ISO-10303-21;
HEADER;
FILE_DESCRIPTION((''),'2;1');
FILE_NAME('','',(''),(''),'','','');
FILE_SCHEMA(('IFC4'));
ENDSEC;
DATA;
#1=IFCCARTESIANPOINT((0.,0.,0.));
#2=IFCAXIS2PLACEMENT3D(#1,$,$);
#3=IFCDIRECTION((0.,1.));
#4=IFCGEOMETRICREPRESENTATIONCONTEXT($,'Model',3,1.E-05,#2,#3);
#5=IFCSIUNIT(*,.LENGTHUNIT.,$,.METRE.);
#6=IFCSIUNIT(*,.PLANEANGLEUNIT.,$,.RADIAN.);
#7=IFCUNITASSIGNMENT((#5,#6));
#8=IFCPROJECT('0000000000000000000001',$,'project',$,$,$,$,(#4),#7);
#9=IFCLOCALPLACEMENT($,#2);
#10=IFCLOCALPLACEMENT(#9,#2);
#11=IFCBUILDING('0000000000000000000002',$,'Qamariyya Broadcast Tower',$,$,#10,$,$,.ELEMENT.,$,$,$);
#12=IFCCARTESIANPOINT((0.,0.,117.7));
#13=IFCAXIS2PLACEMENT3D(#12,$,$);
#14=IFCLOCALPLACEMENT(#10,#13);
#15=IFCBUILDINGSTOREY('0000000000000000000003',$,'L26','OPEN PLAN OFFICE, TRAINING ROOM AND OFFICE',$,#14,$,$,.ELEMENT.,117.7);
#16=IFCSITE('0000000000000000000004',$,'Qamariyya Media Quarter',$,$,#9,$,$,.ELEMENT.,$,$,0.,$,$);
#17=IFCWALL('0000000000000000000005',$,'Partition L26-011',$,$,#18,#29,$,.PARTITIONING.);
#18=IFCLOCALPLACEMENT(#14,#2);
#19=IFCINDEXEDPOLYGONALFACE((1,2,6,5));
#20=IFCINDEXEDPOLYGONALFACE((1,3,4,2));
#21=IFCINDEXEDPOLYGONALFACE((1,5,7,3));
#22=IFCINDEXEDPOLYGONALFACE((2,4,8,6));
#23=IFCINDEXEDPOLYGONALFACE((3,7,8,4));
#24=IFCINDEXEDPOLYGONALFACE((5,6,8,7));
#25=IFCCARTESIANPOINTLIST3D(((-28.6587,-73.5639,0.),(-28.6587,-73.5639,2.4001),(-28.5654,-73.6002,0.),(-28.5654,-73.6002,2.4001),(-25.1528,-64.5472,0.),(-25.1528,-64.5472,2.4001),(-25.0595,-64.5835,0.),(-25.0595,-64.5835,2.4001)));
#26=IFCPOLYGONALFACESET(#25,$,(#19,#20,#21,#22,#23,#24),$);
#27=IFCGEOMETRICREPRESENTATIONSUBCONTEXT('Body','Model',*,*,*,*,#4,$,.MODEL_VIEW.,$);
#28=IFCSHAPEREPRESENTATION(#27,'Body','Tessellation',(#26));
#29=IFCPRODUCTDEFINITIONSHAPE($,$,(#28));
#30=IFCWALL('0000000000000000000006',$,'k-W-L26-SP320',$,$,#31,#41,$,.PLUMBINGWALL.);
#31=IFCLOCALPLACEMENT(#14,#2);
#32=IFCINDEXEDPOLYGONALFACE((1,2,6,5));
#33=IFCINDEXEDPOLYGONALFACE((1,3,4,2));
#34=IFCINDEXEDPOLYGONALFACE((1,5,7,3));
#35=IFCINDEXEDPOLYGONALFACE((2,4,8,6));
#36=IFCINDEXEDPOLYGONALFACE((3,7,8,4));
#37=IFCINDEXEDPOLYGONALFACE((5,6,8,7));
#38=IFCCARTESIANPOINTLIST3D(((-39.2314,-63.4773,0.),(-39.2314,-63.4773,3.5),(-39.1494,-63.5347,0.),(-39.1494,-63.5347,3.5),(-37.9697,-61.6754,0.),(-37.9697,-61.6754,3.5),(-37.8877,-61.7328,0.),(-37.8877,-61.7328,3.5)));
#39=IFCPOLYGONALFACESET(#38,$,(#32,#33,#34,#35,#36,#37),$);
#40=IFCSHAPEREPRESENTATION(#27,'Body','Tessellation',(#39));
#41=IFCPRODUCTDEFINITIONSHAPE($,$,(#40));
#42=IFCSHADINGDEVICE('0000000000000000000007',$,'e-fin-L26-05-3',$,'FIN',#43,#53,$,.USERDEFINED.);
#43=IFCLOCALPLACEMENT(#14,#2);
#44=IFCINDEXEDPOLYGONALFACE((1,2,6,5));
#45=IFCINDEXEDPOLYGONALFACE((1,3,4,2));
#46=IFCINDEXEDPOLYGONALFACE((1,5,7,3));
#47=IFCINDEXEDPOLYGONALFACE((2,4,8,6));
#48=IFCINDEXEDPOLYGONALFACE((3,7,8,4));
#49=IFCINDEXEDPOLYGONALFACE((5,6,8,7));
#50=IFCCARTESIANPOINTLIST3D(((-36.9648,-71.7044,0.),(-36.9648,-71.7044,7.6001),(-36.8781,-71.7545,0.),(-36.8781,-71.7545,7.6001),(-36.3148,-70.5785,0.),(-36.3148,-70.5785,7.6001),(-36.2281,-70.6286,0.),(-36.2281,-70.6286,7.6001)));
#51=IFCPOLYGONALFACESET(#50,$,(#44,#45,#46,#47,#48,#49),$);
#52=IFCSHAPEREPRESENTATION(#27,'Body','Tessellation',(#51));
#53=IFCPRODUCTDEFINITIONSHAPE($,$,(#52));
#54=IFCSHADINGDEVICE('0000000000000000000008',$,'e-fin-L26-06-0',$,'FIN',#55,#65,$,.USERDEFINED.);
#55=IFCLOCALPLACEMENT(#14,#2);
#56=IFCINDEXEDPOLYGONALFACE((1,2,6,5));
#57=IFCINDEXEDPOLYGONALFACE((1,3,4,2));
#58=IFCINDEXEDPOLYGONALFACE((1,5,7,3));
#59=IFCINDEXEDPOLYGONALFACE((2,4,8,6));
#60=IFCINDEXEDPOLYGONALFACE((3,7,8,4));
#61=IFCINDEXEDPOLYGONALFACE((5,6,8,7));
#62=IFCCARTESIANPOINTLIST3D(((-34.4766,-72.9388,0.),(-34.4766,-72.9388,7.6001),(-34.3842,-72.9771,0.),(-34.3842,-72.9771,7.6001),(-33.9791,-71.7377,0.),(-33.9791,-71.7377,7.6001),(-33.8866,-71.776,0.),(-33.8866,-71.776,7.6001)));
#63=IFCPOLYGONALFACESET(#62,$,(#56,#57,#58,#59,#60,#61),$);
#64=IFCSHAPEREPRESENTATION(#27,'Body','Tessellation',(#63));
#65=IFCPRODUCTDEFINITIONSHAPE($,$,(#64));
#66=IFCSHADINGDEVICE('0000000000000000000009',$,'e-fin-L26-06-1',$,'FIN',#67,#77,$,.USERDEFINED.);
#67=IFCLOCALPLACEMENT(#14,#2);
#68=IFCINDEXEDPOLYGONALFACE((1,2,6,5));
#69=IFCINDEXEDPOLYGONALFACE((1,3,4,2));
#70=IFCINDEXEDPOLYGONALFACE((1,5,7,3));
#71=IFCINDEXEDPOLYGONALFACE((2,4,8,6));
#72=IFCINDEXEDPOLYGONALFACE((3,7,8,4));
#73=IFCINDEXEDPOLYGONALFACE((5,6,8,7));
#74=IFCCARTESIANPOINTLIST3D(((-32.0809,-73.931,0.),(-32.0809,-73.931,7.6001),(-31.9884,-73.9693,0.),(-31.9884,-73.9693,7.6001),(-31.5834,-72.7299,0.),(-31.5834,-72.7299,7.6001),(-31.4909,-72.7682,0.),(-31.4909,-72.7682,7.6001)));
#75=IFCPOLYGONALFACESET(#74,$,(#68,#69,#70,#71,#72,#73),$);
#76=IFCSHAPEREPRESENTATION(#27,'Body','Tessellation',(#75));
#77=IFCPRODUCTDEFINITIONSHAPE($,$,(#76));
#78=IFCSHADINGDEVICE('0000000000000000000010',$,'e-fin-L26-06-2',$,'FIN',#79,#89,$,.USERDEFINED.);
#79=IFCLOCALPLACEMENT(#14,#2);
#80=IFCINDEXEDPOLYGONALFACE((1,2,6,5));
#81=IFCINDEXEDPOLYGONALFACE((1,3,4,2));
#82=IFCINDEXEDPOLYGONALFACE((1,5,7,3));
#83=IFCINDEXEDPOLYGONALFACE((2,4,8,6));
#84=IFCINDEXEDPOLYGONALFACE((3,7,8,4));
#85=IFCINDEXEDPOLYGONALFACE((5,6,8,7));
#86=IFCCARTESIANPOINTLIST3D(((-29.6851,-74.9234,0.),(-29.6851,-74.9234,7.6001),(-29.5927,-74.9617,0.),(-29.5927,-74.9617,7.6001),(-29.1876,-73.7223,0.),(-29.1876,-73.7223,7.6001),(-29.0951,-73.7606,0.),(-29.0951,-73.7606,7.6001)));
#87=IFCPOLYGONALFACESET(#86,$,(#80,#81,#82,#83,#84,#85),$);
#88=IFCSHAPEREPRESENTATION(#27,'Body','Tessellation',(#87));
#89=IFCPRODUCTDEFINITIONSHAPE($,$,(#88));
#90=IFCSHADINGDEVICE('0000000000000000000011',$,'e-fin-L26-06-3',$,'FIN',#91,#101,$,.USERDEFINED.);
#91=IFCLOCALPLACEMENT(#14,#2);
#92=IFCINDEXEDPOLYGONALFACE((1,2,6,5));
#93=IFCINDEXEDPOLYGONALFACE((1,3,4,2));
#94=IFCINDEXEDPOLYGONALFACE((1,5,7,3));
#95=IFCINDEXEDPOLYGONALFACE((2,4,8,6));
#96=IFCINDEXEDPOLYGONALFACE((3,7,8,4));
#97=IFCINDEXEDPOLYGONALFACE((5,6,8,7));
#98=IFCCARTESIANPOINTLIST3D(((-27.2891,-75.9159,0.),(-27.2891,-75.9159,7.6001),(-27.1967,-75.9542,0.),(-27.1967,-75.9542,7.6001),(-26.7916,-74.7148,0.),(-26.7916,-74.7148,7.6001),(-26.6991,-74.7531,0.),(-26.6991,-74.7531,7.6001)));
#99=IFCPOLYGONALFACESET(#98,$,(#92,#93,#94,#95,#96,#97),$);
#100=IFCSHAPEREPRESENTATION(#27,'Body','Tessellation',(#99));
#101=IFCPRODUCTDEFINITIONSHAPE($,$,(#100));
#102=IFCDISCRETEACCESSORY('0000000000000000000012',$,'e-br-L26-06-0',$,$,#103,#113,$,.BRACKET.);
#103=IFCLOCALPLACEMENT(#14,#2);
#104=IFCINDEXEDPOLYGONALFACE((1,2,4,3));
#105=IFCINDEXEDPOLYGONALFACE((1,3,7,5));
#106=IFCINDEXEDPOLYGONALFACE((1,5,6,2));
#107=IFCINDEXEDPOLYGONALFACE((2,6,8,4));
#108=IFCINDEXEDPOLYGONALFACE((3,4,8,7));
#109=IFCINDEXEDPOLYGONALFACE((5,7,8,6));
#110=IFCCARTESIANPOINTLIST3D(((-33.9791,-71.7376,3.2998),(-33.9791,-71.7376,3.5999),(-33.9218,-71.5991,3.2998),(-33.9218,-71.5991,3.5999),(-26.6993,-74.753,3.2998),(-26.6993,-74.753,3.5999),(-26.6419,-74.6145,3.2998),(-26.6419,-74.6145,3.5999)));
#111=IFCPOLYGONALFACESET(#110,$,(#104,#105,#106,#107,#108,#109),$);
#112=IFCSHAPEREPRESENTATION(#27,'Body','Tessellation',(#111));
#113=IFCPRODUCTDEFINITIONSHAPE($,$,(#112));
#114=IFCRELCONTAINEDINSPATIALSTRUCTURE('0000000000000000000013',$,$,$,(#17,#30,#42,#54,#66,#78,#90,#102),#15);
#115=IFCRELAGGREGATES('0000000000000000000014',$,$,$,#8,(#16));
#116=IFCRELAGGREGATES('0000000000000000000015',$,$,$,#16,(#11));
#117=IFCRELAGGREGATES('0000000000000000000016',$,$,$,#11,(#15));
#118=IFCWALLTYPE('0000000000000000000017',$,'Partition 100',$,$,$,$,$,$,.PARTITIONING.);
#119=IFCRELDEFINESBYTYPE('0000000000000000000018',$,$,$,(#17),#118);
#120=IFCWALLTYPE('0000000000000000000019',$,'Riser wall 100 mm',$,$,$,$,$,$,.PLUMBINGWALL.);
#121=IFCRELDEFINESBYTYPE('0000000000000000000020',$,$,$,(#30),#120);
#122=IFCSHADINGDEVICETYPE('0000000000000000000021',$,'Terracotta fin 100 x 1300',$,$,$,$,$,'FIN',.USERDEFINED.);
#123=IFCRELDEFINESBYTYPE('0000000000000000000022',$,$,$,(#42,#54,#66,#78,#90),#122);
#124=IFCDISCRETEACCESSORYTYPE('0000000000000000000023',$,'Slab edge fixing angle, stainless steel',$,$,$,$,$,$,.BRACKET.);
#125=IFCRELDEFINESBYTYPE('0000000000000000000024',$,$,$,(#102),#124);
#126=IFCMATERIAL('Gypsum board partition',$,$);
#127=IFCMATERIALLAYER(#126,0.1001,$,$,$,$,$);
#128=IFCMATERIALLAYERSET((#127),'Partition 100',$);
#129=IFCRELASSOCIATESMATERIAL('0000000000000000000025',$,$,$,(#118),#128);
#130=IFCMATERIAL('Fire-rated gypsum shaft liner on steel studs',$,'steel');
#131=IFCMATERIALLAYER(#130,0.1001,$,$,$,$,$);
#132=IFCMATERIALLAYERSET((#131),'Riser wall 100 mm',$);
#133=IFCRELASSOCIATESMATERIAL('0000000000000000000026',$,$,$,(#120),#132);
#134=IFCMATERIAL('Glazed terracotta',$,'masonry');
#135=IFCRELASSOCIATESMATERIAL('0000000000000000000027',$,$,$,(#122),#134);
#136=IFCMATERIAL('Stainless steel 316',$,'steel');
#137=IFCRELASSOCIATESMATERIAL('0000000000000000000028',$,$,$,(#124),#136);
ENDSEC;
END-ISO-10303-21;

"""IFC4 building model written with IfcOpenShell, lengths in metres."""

from ifc_helpers import new_model, si_unit, direction, frame, frame_2d, origin, origin_2d, place, context, subcontext, project, spatial, rectangle, extrude, material, layer, layer_set, material_profile, profile_set, type_object, element, save


model = new_model("IFC4")

# Units and contexts
model_context = context("Model", 3, precision=1e-05, world=origin(), true_north=direction((0.0, 1.0)))
body_context = subcontext(model_context, "Body", "Model", "MODEL_VIEW")
ifc_project = project(units=[si_unit("LENGTHUNIT", "METRE"), si_unit("PLANEANGLEUNIT", "RADIAN")], contexts=[model_context])

# Site, building, storey
site_placement = place(None, origin())
site = spatial("IfcSite", under=ifc_project, at=site_placement, Name="Qamariyya Media Quarter", CompositionType="ELEMENT", RefElevation=0.0)
building_placement = place(site_placement, origin())
building = spatial("IfcBuilding", under=site, at=building_placement, Name="Qamariyya Broadcast Tower", CompositionType="ELEMENT")
storey_placement = place(building_placement, frame((0.0, 0.0, 117.7)))
storey = spatial("IfcBuildingStorey", under=building, at=storey_placement, Name="L26", Description="OPEN PLAN OFFICE, TRAINING ROOM AND OFFICE", CompositionType="ELEMENT", Elevation=117.7)

# Shared definitions
ifc_material_1 = material(Name="Gypsum board partition")

# Walls
ifc_layer_1 = layer(ifc_material_1, 0.1001)
ifc_layer_set_1 = layer_set([ifc_layer_1], Name="Partition 100")
wall_type_1 = type_object("IfcWallType", Name="Partition 100", PredefinedType="PARTITIONING", material=ifc_layer_set_1)
wall_1_placement = place(storey_placement, frame((-28.6121, -73.582, 0.0), z_axis=(0.0, 0.0, 1.0), x_axis=(0.362393, 0.932026, 0.0)))
element("IfcWall", 1, at=wall_1_placement, inside=storey, type_object=wall_type_1, Name="Partition L26-011", PredefinedType="PARTITIONING", context=body_context, shape_type="SweptSolid", body=[
    extrude(rectangle(XDim=9.6743, YDim=0.1001, at=frame_2d((4.8372, 0.0))), origin(), (0.0, 0.0, 1.0), 2.4001),
])
ifc_material_2 = material(Name="Fire-rated gypsum shaft liner on steel studs", Category="steel")
ifc_layer_2 = layer(ifc_material_2, 0.1001)
ifc_layer_set_2 = layer_set([ifc_layer_2], Name="Riser wall 100 mm")
wall_type_2 = type_object("IfcWallType", Name="Riser wall 100 mm", PredefinedType="PLUMBINGWALL", material=ifc_layer_set_2)
wall_2_placement = place(storey_placement, frame((-37.9287, -61.7041, 0.0), z_axis=(0.0, 0.0, 1.0), x_axis=(-0.573559, -0.819164, 0.0)))
element("IfcWall", 2, at=wall_2_placement, inside=storey, type_object=wall_type_2, Name="k-W-L26-SP320", PredefinedType="PLUMBINGWALL", context=body_context, shape_type="SweptSolid", body=[
    extrude(rectangle(XDim=2.1997, YDim=0.1001, at=frame_2d((1.0999, 0.0))), origin(), (0.0, 0.0, 1.0), 3.5),
])

# Shading devices
ifc_material_3 = material(Name="Glazed terracotta", Category="masonry")
ifc_material_profile_1 = material_profile(ifc_material_3, rectangle(XDim=1.3, YDim=0.1001, at=origin_2d()))
ifc_profile_set_1 = profile_set([ifc_material_profile_1], Name="Glazed terracotta")
shading_device_type_1 = type_object("IfcShadingDeviceType", Name="Terracotta fin 100 x 1300", ElementType="FIN", PredefinedType="USERDEFINED", material=ifc_profile_set_1)
for number, where, z_axis, x_axis, name in (
    (3, (-36.5964, -71.1665, 0.0), (0.0, 0.0, 1.0), (-0.5, -0.866025, 0.0), "e-fin-L26-05-3"),
    (4, (-34.1816, -72.3574, 0.0), (0.0, 0.0, 1.0), (-0.382683, -0.92388, 0.0), "e-fin-L26-06-0"),
    (5, (-31.7859, -73.3496, 0.0), (0.0, 0.0, 1.0), (-0.382683, -0.92388, 0.0), "e-fin-L26-06-1"),
    (6, (-29.3901, -74.342, 0.0), (0.0, 0.0, 1.0), (-0.382683, -0.92388, 0.0), "e-fin-L26-06-2"),
    (7, (-26.9941, -75.3345, 0.0), (0.0, 0.0, 1.0), (-0.382683, -0.92388, 0.0), "e-fin-L26-06-3"),
):
    element("IfcShadingDevice", number, at=place(storey_placement, frame(where, z_axis=z_axis, x_axis=x_axis)), inside=storey, type_object=shading_device_type_1, Name=name, ObjectType="FIN", PredefinedType="USERDEFINED", context=body_context, shape_type="SweptSolid", body=[
        extrude(rectangle(XDim=1.3, YDim=0.1001, at=origin_2d()), origin(), (0.0, 0.0, 1.0), 7.6001),
    ])

# Discrete accessory
ifc_material_4 = material(Name="Stainless steel 316", Category="steel")
discrete_accessory_type = type_object("IfcDiscreteAccessoryType", Name="Slab edge fixing angle, stainless steel", PredefinedType="BRACKET", material=ifc_material_4)
discrete_accessory_placement = place(storey_placement, frame((-30.3105, -73.176, 3.2998), z_axis=(0.0, 0.0, 1.0), x_axis=(0.92388, -0.382683, 0.0)))
element("IfcDiscreteAccessory", 8, at=discrete_accessory_placement, inside=storey, type_object=discrete_accessory_type, Name="e-br-L26-06-0", PredefinedType="BRACKET", context=body_context, shape_type="SweptSolid", body=[
    extrude(rectangle(XDim=7.8796, YDim=0.1499, at=origin_2d()), origin(), (0.0, 0.0, 1.0), 0.3),
])

save(model, "model.ifc")
